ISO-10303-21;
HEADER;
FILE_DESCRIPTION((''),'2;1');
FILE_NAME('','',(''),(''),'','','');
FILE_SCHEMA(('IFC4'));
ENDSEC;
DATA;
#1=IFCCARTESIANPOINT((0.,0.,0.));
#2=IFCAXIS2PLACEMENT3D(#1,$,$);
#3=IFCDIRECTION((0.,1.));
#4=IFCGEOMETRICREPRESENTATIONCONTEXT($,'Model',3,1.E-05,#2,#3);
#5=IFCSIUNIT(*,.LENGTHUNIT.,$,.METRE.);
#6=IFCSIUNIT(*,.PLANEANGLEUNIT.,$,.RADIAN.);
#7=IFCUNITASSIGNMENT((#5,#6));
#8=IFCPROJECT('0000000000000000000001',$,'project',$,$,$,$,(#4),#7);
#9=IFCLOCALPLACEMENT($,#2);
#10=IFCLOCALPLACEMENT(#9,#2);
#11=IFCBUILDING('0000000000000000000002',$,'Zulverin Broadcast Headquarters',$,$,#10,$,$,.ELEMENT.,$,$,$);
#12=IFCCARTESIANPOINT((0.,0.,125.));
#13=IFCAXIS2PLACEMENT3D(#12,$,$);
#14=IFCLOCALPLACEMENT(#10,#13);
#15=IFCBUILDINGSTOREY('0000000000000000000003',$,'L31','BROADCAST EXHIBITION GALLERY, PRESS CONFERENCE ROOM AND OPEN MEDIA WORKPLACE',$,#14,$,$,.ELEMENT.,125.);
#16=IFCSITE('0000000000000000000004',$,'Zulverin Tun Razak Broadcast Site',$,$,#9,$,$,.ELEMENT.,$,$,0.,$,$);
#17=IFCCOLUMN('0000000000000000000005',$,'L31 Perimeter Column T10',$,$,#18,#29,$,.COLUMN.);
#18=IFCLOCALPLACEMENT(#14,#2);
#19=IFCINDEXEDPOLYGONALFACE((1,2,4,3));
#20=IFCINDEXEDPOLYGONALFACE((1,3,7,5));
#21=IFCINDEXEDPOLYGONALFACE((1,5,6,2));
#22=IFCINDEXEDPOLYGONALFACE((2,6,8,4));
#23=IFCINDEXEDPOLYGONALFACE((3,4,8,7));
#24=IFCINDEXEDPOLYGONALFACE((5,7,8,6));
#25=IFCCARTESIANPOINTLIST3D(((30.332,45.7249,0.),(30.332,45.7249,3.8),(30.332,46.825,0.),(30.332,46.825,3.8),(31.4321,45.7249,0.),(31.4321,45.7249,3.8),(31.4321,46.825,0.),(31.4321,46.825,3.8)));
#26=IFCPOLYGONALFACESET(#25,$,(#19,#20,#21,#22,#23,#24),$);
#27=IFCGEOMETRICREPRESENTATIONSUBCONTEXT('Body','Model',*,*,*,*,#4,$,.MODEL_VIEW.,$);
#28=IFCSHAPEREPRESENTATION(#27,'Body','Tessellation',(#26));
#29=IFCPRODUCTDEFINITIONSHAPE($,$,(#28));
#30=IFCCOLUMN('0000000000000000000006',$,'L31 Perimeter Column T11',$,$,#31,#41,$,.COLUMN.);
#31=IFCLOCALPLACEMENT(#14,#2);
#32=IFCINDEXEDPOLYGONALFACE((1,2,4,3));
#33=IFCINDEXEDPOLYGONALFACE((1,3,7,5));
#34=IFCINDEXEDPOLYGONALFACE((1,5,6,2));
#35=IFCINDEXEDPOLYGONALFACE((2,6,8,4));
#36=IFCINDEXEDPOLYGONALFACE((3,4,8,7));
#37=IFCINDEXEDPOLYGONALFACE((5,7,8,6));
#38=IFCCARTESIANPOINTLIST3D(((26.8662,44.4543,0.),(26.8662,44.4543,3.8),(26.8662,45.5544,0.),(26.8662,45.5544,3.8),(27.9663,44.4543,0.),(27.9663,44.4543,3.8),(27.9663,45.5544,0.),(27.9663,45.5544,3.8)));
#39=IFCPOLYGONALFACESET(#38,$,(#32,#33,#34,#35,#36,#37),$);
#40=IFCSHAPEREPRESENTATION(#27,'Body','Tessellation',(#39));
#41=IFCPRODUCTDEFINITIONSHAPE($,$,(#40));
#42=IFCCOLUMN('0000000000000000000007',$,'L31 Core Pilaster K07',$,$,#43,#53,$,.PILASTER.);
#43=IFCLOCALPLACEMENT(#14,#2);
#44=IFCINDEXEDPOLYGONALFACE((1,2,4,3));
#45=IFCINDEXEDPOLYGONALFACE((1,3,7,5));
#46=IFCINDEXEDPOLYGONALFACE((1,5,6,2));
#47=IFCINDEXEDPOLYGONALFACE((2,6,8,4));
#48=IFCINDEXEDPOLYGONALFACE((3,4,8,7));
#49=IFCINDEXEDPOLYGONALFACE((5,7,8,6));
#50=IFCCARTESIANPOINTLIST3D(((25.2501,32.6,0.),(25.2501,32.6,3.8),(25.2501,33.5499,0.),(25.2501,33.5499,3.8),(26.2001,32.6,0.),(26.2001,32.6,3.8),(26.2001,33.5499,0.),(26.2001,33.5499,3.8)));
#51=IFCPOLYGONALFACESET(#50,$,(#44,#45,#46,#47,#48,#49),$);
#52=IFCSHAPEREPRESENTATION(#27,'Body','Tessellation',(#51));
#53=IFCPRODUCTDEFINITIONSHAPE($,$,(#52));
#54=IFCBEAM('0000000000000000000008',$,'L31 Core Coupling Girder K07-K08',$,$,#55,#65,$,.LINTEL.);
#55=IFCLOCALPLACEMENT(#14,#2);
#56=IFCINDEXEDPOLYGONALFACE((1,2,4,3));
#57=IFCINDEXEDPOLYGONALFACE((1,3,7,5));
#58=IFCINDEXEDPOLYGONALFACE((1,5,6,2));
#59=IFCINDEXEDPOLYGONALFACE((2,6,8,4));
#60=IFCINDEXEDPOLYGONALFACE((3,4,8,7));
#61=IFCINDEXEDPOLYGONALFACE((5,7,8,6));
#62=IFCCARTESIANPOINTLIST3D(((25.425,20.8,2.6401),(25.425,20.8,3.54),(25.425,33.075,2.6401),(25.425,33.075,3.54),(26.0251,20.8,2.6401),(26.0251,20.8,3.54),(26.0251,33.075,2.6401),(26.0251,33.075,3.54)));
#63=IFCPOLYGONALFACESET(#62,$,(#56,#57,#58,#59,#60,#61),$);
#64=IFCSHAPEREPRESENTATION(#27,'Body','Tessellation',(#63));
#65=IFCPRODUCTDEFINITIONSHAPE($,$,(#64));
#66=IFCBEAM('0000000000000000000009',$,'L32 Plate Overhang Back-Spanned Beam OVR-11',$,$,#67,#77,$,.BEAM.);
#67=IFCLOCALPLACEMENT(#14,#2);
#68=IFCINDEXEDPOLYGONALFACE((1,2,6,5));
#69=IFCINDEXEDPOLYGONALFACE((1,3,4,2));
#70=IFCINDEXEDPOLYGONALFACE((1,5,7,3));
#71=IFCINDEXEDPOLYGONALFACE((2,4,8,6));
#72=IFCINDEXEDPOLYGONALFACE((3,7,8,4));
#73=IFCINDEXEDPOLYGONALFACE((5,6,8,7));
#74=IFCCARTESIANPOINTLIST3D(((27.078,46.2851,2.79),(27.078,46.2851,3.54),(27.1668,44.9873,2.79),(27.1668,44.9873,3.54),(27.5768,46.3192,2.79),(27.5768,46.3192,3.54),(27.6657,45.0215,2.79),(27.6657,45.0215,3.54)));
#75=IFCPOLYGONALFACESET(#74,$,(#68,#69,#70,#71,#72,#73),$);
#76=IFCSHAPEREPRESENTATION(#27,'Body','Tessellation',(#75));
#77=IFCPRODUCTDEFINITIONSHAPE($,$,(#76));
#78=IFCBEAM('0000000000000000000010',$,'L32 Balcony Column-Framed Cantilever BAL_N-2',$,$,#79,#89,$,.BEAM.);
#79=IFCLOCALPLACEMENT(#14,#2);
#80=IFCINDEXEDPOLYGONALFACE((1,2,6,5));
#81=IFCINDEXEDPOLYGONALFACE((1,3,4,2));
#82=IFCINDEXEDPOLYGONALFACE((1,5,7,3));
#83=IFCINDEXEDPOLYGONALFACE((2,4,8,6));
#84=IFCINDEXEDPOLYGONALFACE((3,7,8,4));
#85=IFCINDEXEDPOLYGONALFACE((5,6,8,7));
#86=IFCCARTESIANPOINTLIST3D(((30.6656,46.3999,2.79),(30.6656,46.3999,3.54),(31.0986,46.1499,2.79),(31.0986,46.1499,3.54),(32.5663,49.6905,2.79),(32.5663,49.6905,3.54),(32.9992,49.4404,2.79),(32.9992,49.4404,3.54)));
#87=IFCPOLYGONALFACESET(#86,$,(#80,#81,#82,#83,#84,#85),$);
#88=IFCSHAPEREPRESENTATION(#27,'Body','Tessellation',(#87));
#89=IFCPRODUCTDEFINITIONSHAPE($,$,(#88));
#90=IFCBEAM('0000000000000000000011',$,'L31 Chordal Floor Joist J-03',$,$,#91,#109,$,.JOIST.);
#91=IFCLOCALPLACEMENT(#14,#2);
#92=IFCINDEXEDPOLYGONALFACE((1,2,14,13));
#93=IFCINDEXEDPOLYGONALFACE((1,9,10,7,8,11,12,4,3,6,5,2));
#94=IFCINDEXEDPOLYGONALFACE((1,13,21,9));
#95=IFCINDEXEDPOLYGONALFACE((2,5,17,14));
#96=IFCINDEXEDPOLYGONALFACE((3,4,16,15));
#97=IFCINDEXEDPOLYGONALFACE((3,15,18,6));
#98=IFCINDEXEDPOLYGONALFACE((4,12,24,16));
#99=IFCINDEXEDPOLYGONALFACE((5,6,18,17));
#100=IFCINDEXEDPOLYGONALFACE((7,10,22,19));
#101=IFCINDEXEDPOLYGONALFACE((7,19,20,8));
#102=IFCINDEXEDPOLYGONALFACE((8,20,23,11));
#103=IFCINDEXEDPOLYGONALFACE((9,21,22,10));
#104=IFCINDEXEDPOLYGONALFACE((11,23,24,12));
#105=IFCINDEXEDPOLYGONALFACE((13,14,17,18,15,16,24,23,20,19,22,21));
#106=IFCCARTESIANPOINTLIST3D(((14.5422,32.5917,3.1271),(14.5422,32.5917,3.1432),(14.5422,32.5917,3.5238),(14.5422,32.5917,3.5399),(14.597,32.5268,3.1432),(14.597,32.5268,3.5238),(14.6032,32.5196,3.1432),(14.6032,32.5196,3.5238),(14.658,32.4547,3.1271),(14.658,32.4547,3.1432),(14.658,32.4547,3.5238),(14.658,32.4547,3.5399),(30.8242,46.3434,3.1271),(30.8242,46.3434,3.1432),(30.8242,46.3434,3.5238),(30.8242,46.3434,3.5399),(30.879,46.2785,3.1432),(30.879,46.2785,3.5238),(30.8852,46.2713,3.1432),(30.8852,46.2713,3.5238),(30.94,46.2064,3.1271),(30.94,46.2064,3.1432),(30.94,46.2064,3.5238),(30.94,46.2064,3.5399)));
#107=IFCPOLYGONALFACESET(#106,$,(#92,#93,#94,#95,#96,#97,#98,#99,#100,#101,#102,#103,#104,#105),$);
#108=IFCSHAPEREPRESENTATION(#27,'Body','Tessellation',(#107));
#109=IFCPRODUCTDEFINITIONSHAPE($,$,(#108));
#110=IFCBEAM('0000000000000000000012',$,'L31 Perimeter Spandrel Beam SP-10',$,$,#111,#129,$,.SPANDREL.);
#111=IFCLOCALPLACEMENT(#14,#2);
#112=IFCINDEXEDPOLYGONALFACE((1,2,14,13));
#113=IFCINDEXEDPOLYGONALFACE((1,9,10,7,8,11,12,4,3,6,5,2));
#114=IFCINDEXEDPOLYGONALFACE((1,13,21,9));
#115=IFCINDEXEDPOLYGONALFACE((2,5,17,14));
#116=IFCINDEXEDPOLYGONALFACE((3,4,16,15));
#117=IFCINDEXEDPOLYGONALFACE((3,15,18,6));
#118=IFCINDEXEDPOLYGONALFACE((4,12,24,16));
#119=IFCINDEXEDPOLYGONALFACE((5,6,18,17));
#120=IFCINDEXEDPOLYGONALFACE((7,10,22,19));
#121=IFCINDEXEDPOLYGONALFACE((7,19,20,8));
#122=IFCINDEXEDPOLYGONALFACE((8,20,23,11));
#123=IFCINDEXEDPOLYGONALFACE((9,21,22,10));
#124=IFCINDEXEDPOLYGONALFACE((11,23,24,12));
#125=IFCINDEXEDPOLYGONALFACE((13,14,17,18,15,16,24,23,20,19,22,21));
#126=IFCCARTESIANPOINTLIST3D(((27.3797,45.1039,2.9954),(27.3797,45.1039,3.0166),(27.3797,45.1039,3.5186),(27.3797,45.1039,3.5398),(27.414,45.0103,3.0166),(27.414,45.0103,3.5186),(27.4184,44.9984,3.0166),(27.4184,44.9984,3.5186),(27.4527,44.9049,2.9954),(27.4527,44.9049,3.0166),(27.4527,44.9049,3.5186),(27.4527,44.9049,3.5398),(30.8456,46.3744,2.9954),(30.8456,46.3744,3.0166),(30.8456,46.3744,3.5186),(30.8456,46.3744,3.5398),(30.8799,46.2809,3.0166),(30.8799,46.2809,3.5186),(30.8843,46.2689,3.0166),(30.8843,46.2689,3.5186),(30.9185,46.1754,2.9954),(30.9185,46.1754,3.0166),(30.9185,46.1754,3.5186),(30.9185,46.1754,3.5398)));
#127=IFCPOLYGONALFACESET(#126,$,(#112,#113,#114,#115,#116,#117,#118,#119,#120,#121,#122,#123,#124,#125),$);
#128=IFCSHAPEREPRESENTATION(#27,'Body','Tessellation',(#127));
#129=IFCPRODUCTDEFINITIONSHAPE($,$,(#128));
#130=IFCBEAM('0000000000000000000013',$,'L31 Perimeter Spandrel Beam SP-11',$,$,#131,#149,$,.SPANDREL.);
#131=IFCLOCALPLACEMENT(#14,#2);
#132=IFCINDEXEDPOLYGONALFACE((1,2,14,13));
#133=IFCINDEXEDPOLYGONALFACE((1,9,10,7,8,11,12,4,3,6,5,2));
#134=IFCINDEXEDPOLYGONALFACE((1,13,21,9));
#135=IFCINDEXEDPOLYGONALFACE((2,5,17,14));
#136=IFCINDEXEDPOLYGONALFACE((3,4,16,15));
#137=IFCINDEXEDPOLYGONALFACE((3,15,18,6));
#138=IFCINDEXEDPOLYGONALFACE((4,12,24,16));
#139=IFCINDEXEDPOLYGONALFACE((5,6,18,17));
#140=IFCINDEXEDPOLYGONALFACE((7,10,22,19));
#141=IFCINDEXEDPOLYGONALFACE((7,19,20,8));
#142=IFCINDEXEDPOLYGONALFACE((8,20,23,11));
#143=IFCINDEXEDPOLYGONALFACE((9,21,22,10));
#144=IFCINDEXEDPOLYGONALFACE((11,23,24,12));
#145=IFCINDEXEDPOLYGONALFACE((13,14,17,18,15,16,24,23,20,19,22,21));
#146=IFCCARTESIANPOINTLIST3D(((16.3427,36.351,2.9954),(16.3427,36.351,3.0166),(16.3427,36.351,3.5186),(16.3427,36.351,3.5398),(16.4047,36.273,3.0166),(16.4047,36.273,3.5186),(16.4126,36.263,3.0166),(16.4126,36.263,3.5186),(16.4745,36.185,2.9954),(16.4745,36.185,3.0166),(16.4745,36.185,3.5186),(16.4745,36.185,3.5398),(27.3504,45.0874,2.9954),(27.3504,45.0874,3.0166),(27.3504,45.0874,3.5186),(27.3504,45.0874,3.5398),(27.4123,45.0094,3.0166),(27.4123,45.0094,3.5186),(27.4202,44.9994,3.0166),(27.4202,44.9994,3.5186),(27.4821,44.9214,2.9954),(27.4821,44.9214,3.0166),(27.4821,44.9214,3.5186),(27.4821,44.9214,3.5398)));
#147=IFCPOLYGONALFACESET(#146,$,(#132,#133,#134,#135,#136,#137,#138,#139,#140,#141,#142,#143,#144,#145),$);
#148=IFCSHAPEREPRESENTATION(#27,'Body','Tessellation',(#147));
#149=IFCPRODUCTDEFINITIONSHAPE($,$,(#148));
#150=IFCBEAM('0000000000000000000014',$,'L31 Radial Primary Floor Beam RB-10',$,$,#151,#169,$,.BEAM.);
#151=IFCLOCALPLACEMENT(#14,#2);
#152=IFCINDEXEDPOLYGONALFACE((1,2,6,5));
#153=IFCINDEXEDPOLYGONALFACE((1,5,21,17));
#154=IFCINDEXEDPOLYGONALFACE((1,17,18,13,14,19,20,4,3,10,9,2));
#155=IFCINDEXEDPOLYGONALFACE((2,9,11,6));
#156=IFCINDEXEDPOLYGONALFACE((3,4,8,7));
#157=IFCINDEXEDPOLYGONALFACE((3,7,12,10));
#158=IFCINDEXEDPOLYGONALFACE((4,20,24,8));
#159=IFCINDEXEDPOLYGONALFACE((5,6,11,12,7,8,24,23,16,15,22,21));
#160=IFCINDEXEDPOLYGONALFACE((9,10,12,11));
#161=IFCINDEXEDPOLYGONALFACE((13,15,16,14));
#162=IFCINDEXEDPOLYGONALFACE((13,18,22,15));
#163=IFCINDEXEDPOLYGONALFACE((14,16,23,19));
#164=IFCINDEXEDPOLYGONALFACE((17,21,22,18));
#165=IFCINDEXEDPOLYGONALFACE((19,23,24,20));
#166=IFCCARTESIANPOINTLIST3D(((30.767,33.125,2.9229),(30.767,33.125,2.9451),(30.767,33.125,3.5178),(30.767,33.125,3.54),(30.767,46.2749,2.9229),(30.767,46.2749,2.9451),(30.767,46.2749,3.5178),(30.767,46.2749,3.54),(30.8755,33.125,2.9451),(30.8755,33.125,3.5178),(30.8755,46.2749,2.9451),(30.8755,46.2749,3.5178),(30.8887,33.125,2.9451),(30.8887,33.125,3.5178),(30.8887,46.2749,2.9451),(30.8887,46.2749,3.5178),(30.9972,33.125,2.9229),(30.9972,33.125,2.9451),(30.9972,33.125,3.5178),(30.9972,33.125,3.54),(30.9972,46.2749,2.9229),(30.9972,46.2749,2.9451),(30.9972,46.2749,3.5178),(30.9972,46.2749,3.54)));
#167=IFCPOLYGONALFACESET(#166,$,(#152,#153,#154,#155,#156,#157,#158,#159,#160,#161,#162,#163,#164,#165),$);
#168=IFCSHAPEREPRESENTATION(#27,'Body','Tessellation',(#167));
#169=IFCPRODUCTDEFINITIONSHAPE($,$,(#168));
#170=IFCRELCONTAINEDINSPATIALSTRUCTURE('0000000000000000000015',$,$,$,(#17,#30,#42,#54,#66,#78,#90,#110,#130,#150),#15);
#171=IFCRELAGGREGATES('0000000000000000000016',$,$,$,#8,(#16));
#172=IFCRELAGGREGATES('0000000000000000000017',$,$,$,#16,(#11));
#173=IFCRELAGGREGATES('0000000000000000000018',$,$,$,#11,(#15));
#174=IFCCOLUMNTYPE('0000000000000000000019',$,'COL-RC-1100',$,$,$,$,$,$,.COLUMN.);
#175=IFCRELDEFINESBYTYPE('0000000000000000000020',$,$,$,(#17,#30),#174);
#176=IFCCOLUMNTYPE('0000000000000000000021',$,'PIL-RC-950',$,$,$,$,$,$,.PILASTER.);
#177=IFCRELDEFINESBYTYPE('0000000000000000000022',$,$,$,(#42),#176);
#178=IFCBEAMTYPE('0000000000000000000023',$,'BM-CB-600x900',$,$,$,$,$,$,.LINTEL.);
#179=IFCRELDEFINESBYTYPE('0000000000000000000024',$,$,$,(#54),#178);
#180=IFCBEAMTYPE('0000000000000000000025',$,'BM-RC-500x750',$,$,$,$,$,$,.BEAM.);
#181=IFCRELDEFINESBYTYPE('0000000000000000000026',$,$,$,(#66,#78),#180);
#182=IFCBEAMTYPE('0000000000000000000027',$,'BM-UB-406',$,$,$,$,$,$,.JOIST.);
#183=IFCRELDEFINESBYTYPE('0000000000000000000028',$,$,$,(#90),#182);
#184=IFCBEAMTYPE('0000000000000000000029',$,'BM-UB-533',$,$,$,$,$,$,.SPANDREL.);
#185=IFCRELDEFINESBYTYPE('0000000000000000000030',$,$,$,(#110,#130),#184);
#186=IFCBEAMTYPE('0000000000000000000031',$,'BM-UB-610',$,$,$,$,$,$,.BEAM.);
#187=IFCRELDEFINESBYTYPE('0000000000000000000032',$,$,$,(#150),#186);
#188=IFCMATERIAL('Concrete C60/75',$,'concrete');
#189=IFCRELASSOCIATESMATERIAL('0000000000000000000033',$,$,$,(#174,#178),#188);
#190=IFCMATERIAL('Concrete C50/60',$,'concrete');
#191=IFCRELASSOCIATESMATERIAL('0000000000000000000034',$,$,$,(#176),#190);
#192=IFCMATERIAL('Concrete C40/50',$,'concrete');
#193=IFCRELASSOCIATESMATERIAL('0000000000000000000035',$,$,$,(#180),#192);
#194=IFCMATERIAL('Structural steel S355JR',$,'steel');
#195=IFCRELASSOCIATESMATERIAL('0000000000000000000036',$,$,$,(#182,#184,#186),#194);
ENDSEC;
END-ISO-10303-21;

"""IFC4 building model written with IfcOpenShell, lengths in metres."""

from ifc_helpers import new_model, si_unit, direction, frame, origin, origin_2d, place, context, subcontext, project, spatial, rectangle, i_section, extrude, material, material_profile, profile_set, type_object, element, save


model = new_model("IFC4")

# Units and contexts
model_context = context("Model", 3, precision=1e-05, world=origin(), true_north=direction((0.0, 1.0)))
body_context = subcontext(model_context, "Body", "Model", "MODEL_VIEW")
ifc_project = project(units=[si_unit("LENGTHUNIT", "METRE"), si_unit("PLANEANGLEUNIT", "RADIAN")], contexts=[model_context])

# Site, building, storey
site_placement = place(None, origin())
site = spatial("IfcSite", under=ifc_project, at=site_placement, Name="Zulverin Tun Razak Broadcast Site", CompositionType="ELEMENT", RefElevation=0.0)
building_placement = place(site_placement, origin())
building = spatial("IfcBuilding", under=site, at=building_placement, Name="Zulverin Broadcast Headquarters", CompositionType="ELEMENT")
storey_placement = place(building_placement, frame((0.0, 0.0, 125.0)))
storey = spatial("IfcBuildingStorey", under=building, at=storey_placement, Name="L31", Description="BROADCAST EXHIBITION GALLERY, PRESS CONFERENCE ROOM AND OPEN MEDIA WORKPLACE", CompositionType="ELEMENT", Elevation=125.0)

# Columns
ifc_material_1 = material(Name="Concrete C60/75", Category="concrete")
ifc_material_profile_1 = material_profile(ifc_material_1, rectangle(XDim=1.1001, YDim=1.1001, at=origin_2d()), Name="Concrete C60/75", Category="concrete")
ifc_profile_set_1 = profile_set([ifc_material_profile_1], Name="Concrete C60/75")
column_type_1 = type_object("IfcColumnType", Name="COL-RC-1100", PredefinedType="COLUMN", material=ifc_profile_set_1)
for number, where, z_axis, x_axis, name in (
    (1, (30.8821, 46.2749, 0.0), (0.0, 0.0, 1.0), (1.0, 0.0, 0.0), "L31 Perimeter Column T10"),
    (2, (27.4163, 45.0044, 0.0), (0.0, 0.0, 1.0), (1.0, 0.0, 0.0), "L31 Perimeter Column T11"),
):
    element("IfcColumn", number, at=place(storey_placement, frame(where, z_axis=z_axis, x_axis=x_axis)), inside=storey, type_object=column_type_1, Name=name, PredefinedType="COLUMN", context=body_context, shape_type="SweptSolid", body=[
        extrude(rectangle(XDim=1.1001, YDim=1.1001, at=origin_2d()), origin(), (0.0, 0.0, 1.0), 3.8),
    ])
ifc_material_2 = material(Name="Concrete C50/60", Category="concrete")
ifc_material_profile_2 = material_profile(ifc_material_2, rectangle(XDim=0.95, YDim=0.95, at=origin_2d()), Name="Concrete C50/60", Category="concrete")
ifc_profile_set_2 = profile_set([ifc_material_profile_2], Name="Concrete C50/60")
column_type_2 = type_object("IfcColumnType", Name="PIL-RC-950", PredefinedType="PILASTER", material=ifc_profile_set_2)
column_placement = place(storey_placement, frame((25.7251, 33.075, 0.0), z_axis=(0.0, 0.0, 1.0), x_axis=(1.0, 0.0, 0.0)))
element("IfcColumn", 3, at=column_placement, inside=storey, type_object=column_type_2, Name="L31 Core Pilaster K07", PredefinedType="PILASTER", context=body_context, shape_type="SweptSolid", body=[
    extrude(rectangle(XDim=0.95, YDim=0.95, at=origin_2d()), origin(), (0.0, 0.0, 1.0), 3.8),
])

# Beams
ifc_material_profile_3 = material_profile(ifc_material_1, rectangle(XDim=0.6001, YDim=0.8999, at=origin_2d()), Name="Concrete C60/75", Category="concrete")
ifc_profile_set_3 = profile_set([ifc_material_profile_3], Name="Concrete C60/75")
beam_type_1 = type_object("IfcBeamType", Name="BM-CB-600x900", PredefinedType="LINTEL", material=ifc_profile_set_3)
beam_1_placement = place(storey_placement, frame((25.7251, 33.075, 3.0901), z_axis=(0.0, -1.0, 0.0), x_axis=(1.0, 0.0, 0.0)))
element("IfcBeam", 4, at=beam_1_placement, inside=storey, type_object=beam_type_1, Name="L31 Core Coupling Girder K07-K08", PredefinedType="LINTEL", context=body_context, shape_type="SweptSolid", body=[
    extrude(rectangle(XDim=0.6001, YDim=0.8999, at=origin_2d()), origin(), (0.0, 0.0, 1.0), 12.2749),
])
ifc_material_3 = material(Name="Concrete C40/50", Category="concrete")
ifc_material_profile_4 = material_profile(ifc_material_3, rectangle(XDim=0.5, YDim=0.75, at=origin_2d()), Name="Concrete C40/50", Category="concrete")
ifc_profile_set_4 = profile_set([ifc_material_profile_4], Name="Concrete C40/50")
beam_type_2 = type_object("IfcBeamType", Name="BM-RC-500x750", PredefinedType="BEAM", material=ifc_profile_set_4)
beam_2_placement = place(storey_placement, frame((27.4163, 45.0044, 3.165), z_axis=(-0.068313, 0.997664, 0.0), x_axis=(-0.997664, -0.068313, 0.0)))
element("IfcBeam", 5, at=beam_2_placement, inside=storey, type_object=beam_type_2, Name="L32 Plate Overhang Back-Spanned Beam OVR-11", PredefinedType="BEAM", context=body_context, shape_type="SweptSolid", body=[
    extrude(rectangle(XDim=0.5, YDim=0.75, at=origin_2d()), origin(), (0.0, 0.0, 1.0), 1.3008),
])
beam_3_placement = place(storey_placement, frame((30.8821, 46.2749, 3.165), z_axis=(0.500167, 0.865929, 0.0), x_axis=(-0.865929, 0.500167, 0.0)))
element("IfcBeam", 6, at=beam_3_placement, inside=storey, type_object=beam_type_2, Name="L32 Balcony Column-Framed Cantilever BAL_N-2", PredefinedType="BEAM", context=body_context, shape_type="SweptSolid", body=[
    extrude(rectangle(XDim=0.5, YDim=0.75, at=origin_2d()), origin(), (0.0, 0.0, 1.0), 3.8),
])
ifc_material_4 = material(Name="Structural steel S355JR", Category="steel")
ifc_material_profile_5 = material_profile(ifc_material_4, i_section(OverallWidth=0.1794, OverallDepth=0.4128, WebThickness=0.0095, FlangeThickness=0.0161, at=origin_2d()), Name="Structural steel S355JR", Category="steel")
ifc_profile_set_5 = profile_set([ifc_material_profile_5], Name="Structural steel S355JR")
beam_type_3 = type_object("IfcBeamType", Name="BM-UB-406", PredefinedType="JOIST", material=ifc_profile_set_5)
beam_4_placement = place(storey_placement, frame((30.8821, 46.2749, 3.3335), z_axis=(-0.763973, -0.645249, 0.0), x_axis=(0.645249, -0.763973, 0.0)))
element("IfcBeam", 7, at=beam_4_placement, inside=storey, type_object=beam_type_3, Name="L31 Chordal Floor Joist J-03", PredefinedType="JOIST", context=body_context, shape_type="SweptSolid", body=[
    extrude(i_section(OverallWidth=0.1794, OverallDepth=0.4128, WebThickness=0.0095, FlangeThickness=0.0161, at=origin_2d()), origin(), (0.0, 0.0, 1.0), 21.3123),
])
ifc_material_profile_6 = material_profile(ifc_material_4, i_section(OverallWidth=0.2119, OverallDepth=0.5444, WebThickness=0.0127, FlangeThickness=0.0212, at=origin_2d()), Name="Structural steel S355JR", Category="steel")
ifc_profile_set_6 = profile_set([ifc_material_profile_6], Name="Structural steel S355JR")
beam_type_4 = type_object("IfcBeamType", Name="BM-UB-533", PredefinedType="SPANDREL", material=ifc_profile_set_6)
beam_5_placement = place(storey_placement, frame((30.8821, 46.2749, 3.2676), z_axis=(-0.938902, -0.344185, 0.0), x_axis=(0.344185, -0.938902, 0.0)))
element("IfcBeam", 8, at=beam_5_placement, inside=storey, type_object=beam_type_4, Name="L31 Perimeter Spandrel Beam SP-10", PredefinedType="SPANDREL", context=body_context, shape_type="SweptSolid", body=[
    extrude(i_section(OverallWidth=0.2119, OverallDepth=0.5444, WebThickness=0.0127, FlangeThickness=0.0212, at=origin_2d()), origin(), (0.0, 0.0, 1.0), 3.6914),
])
beam_6_placement = place(storey_placement, frame((27.4163, 45.0044, 3.2676), z_axis=(-0.783283, -0.621665, 0.0), x_axis=(0.621665, -0.783283, 0.0)))
element("IfcBeam", 9, at=beam_6_placement, inside=storey, type_object=beam_type_4, Name="L31 Perimeter Spandrel Beam SP-11", PredefinedType="SPANDREL", context=body_context, shape_type="SweptSolid", body=[
    extrude(i_section(OverallWidth=0.2119, OverallDepth=0.5444, WebThickness=0.0127, FlangeThickness=0.0212, at=origin_2d()), origin(), (0.0, 0.0, 1.0), 14.0532),
])
ifc_material_profile_7 = material_profile(ifc_material_4, i_section(OverallWidth=0.2302, OverallDepth=0.6172, WebThickness=0.0132, FlangeThickness=0.0222, at=origin_2d()), Name="Structural steel S355JR", Category="steel")
ifc_profile_set_7 = profile_set([ifc_material_profile_7], Name="Structural steel S355JR")
beam_type_5 = type_object("IfcBeamType", Name="BM-UB-610", PredefinedType="BEAM", material=ifc_profile_set_7)
beam_7_placement = place(storey_placement, frame((30.8821, 33.125, 3.2314), z_axis=(0.0, 1.0, 0.0), x_axis=(-1.0, 0.0, 0.0)))
element("IfcBeam", 10, at=beam_7_placement, inside=storey, type_object=beam_type_5, Name="L31 Radial Primary Floor Beam RB-10", PredefinedType="BEAM", context=body_context, shape_type="SweptSolid", body=[
    extrude(i_section(OverallWidth=0.2302, OverallDepth=0.6172, WebThickness=0.0132, FlangeThickness=0.0222, at=origin_2d()), origin(), (0.0, 0.0, 1.0), 13.1499),
])

save(model, "model.ifc")
